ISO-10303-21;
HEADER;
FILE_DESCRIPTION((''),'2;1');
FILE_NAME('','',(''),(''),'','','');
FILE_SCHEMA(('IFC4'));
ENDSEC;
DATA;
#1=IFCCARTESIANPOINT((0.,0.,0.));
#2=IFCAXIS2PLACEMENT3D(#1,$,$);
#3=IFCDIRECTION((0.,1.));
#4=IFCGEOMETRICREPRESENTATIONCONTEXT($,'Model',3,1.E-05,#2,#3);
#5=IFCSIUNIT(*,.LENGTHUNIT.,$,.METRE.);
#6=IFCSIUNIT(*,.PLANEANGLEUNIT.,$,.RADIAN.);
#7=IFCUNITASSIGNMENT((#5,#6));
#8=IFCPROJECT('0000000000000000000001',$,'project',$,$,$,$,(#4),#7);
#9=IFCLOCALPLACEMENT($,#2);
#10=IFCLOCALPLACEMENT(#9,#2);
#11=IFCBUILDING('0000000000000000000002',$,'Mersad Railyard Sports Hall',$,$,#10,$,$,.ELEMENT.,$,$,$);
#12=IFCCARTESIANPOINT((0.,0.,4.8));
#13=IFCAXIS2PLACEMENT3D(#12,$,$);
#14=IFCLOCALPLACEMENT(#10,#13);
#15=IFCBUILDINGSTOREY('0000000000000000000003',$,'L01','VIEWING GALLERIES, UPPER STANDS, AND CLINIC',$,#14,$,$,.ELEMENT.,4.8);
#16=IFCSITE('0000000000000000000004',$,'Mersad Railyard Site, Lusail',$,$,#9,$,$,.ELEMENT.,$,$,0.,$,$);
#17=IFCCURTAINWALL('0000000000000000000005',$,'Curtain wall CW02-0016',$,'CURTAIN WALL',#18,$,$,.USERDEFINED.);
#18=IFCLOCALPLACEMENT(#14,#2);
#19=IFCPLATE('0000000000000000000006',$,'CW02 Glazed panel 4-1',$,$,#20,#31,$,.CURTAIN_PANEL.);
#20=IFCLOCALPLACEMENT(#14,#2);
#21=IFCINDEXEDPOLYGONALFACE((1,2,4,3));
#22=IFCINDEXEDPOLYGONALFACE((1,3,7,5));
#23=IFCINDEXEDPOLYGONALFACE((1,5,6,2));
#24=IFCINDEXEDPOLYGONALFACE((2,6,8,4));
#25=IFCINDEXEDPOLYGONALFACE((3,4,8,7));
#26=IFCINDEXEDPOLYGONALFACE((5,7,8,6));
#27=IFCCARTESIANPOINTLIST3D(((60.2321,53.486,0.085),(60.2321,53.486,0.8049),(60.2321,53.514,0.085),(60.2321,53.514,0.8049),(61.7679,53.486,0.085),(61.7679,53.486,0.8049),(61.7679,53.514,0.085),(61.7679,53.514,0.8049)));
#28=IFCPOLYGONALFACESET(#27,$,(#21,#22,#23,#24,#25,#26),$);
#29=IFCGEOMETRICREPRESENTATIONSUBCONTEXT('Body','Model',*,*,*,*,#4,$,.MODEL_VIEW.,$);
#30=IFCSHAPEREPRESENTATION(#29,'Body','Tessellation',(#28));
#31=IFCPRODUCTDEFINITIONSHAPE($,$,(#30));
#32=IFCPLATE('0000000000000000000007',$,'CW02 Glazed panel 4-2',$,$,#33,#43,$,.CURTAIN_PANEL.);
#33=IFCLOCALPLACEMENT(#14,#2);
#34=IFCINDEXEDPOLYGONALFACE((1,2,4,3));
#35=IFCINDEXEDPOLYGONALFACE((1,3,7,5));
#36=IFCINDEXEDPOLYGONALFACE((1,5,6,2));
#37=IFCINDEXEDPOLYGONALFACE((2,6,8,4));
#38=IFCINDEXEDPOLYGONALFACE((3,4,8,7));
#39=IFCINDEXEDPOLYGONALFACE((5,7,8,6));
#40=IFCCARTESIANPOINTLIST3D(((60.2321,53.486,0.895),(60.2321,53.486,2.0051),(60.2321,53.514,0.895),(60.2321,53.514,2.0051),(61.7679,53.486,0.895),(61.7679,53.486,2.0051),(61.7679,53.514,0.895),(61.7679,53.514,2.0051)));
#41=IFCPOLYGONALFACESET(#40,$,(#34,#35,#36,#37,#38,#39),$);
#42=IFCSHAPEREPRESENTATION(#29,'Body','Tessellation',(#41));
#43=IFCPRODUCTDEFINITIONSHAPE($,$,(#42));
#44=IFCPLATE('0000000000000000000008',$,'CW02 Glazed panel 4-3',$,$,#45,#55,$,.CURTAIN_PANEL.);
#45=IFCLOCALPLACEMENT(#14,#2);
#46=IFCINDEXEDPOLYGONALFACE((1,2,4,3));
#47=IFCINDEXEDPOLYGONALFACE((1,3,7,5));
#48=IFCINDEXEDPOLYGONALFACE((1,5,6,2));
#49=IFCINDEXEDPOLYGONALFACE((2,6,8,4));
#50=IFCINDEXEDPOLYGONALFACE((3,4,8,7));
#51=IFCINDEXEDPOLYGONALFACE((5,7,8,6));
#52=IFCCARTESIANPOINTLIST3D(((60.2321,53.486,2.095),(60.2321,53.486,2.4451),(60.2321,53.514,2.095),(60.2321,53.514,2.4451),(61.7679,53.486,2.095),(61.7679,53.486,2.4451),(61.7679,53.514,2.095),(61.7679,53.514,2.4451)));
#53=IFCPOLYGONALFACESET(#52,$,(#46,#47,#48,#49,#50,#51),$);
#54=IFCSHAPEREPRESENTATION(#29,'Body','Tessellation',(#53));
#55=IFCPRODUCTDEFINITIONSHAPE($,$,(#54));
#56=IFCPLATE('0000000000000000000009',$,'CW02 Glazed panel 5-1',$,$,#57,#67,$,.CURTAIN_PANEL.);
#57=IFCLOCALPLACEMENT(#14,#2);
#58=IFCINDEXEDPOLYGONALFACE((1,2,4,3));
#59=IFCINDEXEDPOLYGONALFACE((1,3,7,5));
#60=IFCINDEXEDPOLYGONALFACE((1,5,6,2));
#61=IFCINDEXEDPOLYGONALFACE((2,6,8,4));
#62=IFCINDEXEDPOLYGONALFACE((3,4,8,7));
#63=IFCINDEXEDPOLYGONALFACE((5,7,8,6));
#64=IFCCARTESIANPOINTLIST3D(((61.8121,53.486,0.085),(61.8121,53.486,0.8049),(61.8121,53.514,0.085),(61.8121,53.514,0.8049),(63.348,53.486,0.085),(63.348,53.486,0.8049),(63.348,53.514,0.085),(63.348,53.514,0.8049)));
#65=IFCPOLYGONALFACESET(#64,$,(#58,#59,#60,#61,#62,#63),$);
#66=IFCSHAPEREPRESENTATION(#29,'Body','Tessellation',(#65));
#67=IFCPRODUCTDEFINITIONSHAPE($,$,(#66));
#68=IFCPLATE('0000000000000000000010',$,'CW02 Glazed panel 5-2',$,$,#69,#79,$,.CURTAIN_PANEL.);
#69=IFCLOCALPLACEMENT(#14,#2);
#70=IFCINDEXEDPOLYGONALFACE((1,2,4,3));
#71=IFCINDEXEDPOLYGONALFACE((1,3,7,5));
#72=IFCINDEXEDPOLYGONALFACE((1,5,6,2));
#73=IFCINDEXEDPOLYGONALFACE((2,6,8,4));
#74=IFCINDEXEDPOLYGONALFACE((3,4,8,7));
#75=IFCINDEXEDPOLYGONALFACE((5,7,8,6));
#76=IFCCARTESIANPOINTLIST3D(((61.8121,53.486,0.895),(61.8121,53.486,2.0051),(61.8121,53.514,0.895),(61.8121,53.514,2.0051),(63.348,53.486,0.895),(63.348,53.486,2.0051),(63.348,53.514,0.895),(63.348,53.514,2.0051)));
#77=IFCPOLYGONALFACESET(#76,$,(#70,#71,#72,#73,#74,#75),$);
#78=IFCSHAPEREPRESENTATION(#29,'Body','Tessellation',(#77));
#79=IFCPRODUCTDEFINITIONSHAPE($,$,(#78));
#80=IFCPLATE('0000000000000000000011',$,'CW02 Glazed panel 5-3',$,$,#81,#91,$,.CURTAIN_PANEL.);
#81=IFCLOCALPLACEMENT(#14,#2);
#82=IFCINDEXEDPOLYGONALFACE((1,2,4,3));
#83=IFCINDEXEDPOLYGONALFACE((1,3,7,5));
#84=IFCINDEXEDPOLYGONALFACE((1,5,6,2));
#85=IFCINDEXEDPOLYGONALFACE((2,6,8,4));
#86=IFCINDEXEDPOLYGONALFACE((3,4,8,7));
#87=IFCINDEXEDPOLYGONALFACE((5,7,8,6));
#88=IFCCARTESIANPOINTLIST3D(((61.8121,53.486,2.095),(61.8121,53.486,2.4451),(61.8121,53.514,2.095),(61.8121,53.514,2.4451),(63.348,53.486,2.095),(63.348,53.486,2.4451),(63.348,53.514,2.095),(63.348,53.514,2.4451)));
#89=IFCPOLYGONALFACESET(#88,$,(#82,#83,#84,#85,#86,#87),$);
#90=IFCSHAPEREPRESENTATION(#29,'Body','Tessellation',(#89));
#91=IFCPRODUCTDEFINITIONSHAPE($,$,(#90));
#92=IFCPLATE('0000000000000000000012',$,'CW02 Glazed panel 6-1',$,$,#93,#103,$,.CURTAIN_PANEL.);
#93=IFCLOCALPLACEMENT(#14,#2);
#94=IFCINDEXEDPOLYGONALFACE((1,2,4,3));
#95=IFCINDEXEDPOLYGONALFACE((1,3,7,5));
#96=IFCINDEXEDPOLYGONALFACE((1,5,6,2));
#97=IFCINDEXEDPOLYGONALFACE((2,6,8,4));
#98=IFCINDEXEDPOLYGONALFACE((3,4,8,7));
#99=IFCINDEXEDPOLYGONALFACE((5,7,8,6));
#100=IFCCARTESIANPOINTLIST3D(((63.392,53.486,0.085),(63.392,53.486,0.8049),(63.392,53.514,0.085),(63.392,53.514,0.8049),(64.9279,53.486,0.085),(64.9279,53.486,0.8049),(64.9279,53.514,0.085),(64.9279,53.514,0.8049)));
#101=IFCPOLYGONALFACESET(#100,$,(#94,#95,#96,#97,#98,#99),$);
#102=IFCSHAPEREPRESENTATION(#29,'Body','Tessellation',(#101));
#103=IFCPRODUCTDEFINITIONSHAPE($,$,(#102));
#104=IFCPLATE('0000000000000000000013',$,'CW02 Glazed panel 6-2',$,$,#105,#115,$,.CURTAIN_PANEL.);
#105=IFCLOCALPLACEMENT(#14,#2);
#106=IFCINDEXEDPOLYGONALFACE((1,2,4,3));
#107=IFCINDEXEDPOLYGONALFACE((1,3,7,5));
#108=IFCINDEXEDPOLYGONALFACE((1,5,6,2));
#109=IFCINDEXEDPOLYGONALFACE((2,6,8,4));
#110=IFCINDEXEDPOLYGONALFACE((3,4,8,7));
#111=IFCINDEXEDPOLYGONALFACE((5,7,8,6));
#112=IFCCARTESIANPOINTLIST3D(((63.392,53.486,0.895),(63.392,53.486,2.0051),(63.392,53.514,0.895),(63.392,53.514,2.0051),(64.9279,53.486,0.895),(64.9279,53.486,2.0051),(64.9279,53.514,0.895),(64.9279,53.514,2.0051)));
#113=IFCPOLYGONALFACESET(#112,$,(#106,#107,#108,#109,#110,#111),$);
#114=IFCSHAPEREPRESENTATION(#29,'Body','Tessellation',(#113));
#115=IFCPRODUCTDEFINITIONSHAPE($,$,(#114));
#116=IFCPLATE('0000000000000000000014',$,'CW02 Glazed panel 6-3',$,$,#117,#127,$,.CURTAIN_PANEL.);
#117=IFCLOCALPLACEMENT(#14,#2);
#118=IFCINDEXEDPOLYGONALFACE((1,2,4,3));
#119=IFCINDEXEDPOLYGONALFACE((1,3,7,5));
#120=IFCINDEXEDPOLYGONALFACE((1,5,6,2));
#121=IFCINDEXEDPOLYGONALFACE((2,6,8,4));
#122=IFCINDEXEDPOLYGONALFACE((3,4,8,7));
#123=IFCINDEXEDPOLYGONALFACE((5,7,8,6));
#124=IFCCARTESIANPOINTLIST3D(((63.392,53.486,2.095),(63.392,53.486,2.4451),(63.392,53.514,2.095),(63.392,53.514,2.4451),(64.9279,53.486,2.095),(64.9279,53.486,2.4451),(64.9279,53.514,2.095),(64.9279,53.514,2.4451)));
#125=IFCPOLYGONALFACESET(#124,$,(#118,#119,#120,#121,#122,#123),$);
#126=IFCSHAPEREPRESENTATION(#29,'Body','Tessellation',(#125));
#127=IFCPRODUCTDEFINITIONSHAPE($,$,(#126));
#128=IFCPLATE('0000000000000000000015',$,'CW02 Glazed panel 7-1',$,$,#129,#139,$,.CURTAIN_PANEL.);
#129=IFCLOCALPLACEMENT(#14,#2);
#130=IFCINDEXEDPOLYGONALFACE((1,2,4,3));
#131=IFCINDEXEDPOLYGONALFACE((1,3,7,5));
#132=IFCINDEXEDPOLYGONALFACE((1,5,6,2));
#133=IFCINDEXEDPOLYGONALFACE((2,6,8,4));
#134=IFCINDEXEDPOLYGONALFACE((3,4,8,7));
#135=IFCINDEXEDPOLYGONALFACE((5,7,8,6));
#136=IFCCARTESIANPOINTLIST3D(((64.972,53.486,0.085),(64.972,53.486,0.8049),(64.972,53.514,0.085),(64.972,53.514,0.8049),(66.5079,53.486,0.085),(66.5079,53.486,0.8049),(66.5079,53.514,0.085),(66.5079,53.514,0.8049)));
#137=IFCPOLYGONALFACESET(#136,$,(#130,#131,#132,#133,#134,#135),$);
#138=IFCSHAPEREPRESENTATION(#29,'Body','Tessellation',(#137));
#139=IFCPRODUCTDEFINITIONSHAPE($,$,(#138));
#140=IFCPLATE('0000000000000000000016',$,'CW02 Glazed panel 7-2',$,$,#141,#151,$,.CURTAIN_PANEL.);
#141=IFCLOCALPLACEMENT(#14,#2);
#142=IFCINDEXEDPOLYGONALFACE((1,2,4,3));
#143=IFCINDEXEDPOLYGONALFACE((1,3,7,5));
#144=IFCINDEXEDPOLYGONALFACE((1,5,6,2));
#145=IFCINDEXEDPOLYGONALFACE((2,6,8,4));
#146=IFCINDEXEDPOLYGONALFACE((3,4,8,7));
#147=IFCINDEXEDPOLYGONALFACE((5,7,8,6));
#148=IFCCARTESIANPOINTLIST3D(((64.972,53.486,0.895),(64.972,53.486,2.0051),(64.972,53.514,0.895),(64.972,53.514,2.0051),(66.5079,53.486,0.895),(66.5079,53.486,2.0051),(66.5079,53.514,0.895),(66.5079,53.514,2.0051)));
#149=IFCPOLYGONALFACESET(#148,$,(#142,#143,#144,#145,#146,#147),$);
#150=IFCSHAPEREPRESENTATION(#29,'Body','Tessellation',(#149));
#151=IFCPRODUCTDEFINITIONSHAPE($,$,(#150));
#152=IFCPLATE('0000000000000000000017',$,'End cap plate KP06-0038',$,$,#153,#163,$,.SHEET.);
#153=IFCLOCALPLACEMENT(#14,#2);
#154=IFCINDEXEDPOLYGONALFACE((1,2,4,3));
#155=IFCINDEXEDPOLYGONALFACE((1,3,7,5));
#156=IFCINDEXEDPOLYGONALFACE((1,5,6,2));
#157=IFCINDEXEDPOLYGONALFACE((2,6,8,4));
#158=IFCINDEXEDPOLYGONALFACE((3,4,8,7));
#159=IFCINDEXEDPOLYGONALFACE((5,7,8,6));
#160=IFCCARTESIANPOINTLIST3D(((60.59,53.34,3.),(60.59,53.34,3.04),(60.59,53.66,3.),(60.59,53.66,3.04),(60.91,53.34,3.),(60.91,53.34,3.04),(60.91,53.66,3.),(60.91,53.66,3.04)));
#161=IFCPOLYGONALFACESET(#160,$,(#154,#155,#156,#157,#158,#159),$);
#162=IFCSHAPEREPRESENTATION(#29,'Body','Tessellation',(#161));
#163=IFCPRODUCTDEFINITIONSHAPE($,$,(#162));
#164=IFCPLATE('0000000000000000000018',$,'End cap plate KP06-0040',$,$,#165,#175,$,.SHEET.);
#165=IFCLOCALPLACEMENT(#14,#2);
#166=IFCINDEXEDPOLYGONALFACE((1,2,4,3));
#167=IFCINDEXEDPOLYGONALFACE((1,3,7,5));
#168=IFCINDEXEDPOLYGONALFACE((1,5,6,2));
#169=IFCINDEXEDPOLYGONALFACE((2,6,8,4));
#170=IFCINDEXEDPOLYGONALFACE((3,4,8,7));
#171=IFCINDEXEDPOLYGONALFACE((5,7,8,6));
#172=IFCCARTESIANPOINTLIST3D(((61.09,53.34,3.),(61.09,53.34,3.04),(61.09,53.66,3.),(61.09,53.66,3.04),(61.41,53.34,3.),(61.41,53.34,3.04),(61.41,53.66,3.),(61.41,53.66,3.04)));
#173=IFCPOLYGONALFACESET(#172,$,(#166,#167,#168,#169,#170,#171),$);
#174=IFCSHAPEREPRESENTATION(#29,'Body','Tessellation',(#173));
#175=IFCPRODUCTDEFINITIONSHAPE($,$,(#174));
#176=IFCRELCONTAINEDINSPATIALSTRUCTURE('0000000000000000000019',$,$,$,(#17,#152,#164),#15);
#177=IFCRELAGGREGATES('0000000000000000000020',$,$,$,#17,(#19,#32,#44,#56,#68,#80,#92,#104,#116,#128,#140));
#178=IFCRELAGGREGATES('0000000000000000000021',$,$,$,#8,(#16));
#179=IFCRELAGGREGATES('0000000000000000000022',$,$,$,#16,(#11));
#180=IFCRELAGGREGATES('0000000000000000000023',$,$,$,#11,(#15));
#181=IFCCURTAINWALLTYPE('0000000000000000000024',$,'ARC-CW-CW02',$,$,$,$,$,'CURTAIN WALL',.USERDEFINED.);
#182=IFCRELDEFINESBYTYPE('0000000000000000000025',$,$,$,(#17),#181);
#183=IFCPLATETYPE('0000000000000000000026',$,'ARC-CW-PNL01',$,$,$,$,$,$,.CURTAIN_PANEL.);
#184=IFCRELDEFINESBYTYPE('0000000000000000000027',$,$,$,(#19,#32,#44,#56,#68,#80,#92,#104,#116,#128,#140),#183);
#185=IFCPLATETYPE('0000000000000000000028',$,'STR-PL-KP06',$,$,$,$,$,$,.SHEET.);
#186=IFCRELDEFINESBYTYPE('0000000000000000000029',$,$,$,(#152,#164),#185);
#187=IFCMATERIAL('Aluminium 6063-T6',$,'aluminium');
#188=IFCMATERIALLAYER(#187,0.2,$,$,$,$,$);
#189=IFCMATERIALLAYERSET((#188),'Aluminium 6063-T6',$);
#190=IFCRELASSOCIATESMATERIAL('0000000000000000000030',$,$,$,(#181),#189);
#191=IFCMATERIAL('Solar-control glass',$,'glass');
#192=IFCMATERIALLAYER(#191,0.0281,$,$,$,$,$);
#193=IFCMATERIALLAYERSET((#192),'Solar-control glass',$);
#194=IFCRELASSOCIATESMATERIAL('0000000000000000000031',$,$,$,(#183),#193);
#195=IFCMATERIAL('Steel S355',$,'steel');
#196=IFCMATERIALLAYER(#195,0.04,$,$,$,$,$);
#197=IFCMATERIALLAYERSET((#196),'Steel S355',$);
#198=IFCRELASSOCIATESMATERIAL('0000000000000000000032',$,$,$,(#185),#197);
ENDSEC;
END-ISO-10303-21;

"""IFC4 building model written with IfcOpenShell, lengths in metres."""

from ifc_helpers import new_model, si_unit, direction, frame, origin, origin_2d, place, context, subcontext, project, spatial, rectangle, extrude, material, layer, layer_set, type_object, element, aggregate, save


model = new_model("IFC4")

# Units and contexts
model_context = context("Model", 3, precision=1e-05, world=origin(), true_north=direction((0.0, 1.0)))
body_context = subcontext(model_context, "Body", "Model", "MODEL_VIEW")
ifc_project = project(units=[si_unit("LENGTHUNIT", "METRE"), si_unit("PLANEANGLEUNIT", "RADIAN")], contexts=[model_context])

# Site, building, storey
site_placement = place(None, origin())
site = spatial("IfcSite", under=ifc_project, at=site_placement, Name="Mersad Railyard Site, Lusail", CompositionType="ELEMENT", RefElevation=0.0)
building_placement = place(site_placement, origin())
building = spatial("IfcBuilding", under=site, at=building_placement, Name="Mersad Railyard Sports Hall", CompositionType="ELEMENT")
storey_placement = place(building_placement, frame((0.0, 0.0, 4.8)))
storey = spatial("IfcBuildingStorey", under=building, at=storey_placement, Name="L01", Description="VIEWING GALLERIES, UPPER STANDS, AND CLINIC", CompositionType="ELEMENT", Elevation=4.8)

# Curtain wall
ifc_material_1 = material(Name="Aluminium 6063-T6", Category="aluminium")
ifc_layer_1 = layer(ifc_material_1, 0.2)
ifc_layer_set_1 = layer_set([ifc_layer_1], Name="Aluminium 6063-T6")
curtain_wall_type = type_object("IfcCurtainWallType", Name="ARC-CW-CW02", ElementType="CURTAIN WALL", PredefinedType="USERDEFINED", material=ifc_layer_set_1)
curtain_wall_placement = place(storey_placement, origin())
curtain_wall = element("IfcCurtainWall", 1, at=curtain_wall_placement, inside=storey, type_object=curtain_wall_type, Name="Curtain wall CW02-0016", ObjectType="CURTAIN WALL", PredefinedType="USERDEFINED")

# Plates
ifc_material_2 = material(Name="Solar-control glass", Category="glass")
ifc_layer_2 = layer(ifc_material_2, 0.0281)
ifc_layer_set_2 = layer_set([ifc_layer_2], Name="Solar-control glass")
plate_type_1 = type_object("IfcPlateType", Name="ARC-CW-PNL01", PredefinedType="CURTAIN_PANEL", material=ifc_layer_set_2)
plate_1_placement = place(storey_placement, frame((61.0, 53.5, 0.085), z_axis=(0.0, 0.0, 1.0), x_axis=(1.0, 0.0, 0.0)))
plate_1 = element("IfcPlate", 2, at=plate_1_placement, type_object=plate_type_1, Name="CW02 Glazed panel 4-1", PredefinedType="CURTAIN_PANEL", context=body_context, shape_type="SweptSolid", body=[
    extrude(rectangle(XDim=1.5359, YDim=0.0281, at=origin_2d()), origin(), (0.0, 0.0, 1.0), 0.72),
])
plate_2_placement = place(storey_placement, frame((61.0, 53.5, 0.895), z_axis=(0.0, 0.0, 1.0), x_axis=(1.0, 0.0, 0.0)))
plate_2 = element("IfcPlate", 3, at=plate_2_placement, type_object=plate_type_1, Name="CW02 Glazed panel 4-2", PredefinedType="CURTAIN_PANEL", context=body_context, shape_type="SweptSolid", body=[
    extrude(rectangle(XDim=1.5359, YDim=0.0281, at=origin_2d()), origin(), (0.0, 0.0, 1.0), 1.1101),
])
plate_3_placement = place(storey_placement, frame((61.0, 53.5, 2.095), z_axis=(0.0, 0.0, 1.0), x_axis=(1.0, 0.0, 0.0)))
plate_3 = element("IfcPlate", 4, at=plate_3_placement, type_object=plate_type_1, Name="CW02 Glazed panel 4-3", PredefinedType="CURTAIN_PANEL", context=body_context, shape_type="SweptSolid", body=[
    extrude(rectangle(XDim=1.5359, YDim=0.0281, at=origin_2d()), origin(), (0.0, 0.0, 1.0), 0.3501),
])
plate_4_placement = place(storey_placement, frame((62.5801, 53.5, 0.085), z_axis=(0.0, 0.0, 1.0), x_axis=(1.0, 0.0, 0.0)))
plate_4 = element("IfcPlate", 5, at=plate_4_placement, type_object=plate_type_1, Name="CW02 Glazed panel 5-1", PredefinedType="CURTAIN_PANEL", context=body_context, shape_type="SweptSolid", body=[
    extrude(rectangle(XDim=1.5359, YDim=0.0281, at=origin_2d()), origin(), (0.0, 0.0, 1.0), 0.72),
])
plate_5_placement = place(storey_placement, frame((62.5801, 53.5, 0.895), z_axis=(0.0, 0.0, 1.0), x_axis=(1.0, 0.0, 0.0)))
plate_5 = element("IfcPlate", 6, at=plate_5_placement, type_object=plate_type_1, Name="CW02 Glazed panel 5-2", PredefinedType="CURTAIN_PANEL", context=body_context, shape_type="SweptSolid", body=[
    extrude(rectangle(XDim=1.5359, YDim=0.0281, at=origin_2d()), origin(), (0.0, 0.0, 1.0), 1.1101),
])
plate_6_placement = place(storey_placement, frame((62.5801, 53.5, 2.095), z_axis=(0.0, 0.0, 1.0), x_axis=(1.0, 0.0, 0.0)))
plate_6 = element("IfcPlate", 7, at=plate_6_placement, type_object=plate_type_1, Name="CW02 Glazed panel 5-3", PredefinedType="CURTAIN_PANEL", context=body_context, shape_type="SweptSolid", body=[
    extrude(rectangle(XDim=1.5359, YDim=0.0281, at=origin_2d()), origin(), (0.0, 0.0, 1.0), 0.3501),
])
plate_7_placement = place(storey_placement, frame((64.1599, 53.5, 0.085), z_axis=(0.0, 0.0, 1.0), x_axis=(1.0, 0.0, 0.0)))
plate_7 = element("IfcPlate", 8, at=plate_7_placement, type_object=plate_type_1, Name="CW02 Glazed panel 6-1", PredefinedType="CURTAIN_PANEL", context=body_context, shape_type="SweptSolid", body=[
    extrude(rectangle(XDim=1.5359, YDim=0.0281, at=origin_2d()), origin(), (0.0, 0.0, 1.0), 0.72),
])
plate_8_placement = place(storey_placement, frame((64.1599, 53.5, 0.895), z_axis=(0.0, 0.0, 1.0), x_axis=(1.0, 0.0, 0.0)))
plate_8 = element("IfcPlate", 9, at=plate_8_placement, type_object=plate_type_1, Name="CW02 Glazed panel 6-2", PredefinedType="CURTAIN_PANEL", context=body_context, shape_type="SweptSolid", body=[
    extrude(rectangle(XDim=1.5359, YDim=0.0281, at=origin_2d()), origin(), (0.0, 0.0, 1.0), 1.1101),
])
plate_9_placement = place(storey_placement, frame((64.1599, 53.5, 2.095), z_axis=(0.0, 0.0, 1.0), x_axis=(1.0, 0.0, 0.0)))
plate_9 = element("IfcPlate", 10, at=plate_9_placement, type_object=plate_type_1, Name="CW02 Glazed panel 6-3", PredefinedType="CURTAIN_PANEL", context=body_context, shape_type="SweptSolid", body=[
    extrude(rectangle(XDim=1.5359, YDim=0.0281, at=origin_2d()), origin(), (0.0, 0.0, 1.0), 0.3501),
])
plate_10_placement = place(storey_placement, frame((65.74, 53.5, 0.085), z_axis=(0.0, 0.0, 1.0), x_axis=(1.0, 0.0, 0.0)))
plate_10 = element("IfcPlate", 11, at=plate_10_placement, type_object=plate_type_1, Name="CW02 Glazed panel 7-1", PredefinedType="CURTAIN_PANEL", context=body_context, shape_type="SweptSolid", body=[
    extrude(rectangle(XDim=1.5359, YDim=0.0281, at=origin_2d()), origin(), (0.0, 0.0, 1.0), 0.72),
])
plate_11_placement = place(storey_placement, frame((65.74, 53.5, 0.895), z_axis=(0.0, 0.0, 1.0), x_axis=(1.0, 0.0, 0.0)))
plate_11 = element("IfcPlate", 12, at=plate_11_placement, type_object=plate_type_1, Name="CW02 Glazed panel 7-2", PredefinedType="CURTAIN_PANEL", context=body_context, shape_type="SweptSolid", body=[
    extrude(rectangle(XDim=1.5359, YDim=0.0281, at=origin_2d()), origin(), (0.0, 0.0, 1.0), 1.1101),
])
aggregate(curtain_wall, [plate_1, plate_2, plate_3, plate_4, plate_5, plate_6, plate_7, plate_8, plate_9, plate_10, plate_11])

# Plates
ifc_material_3 = material(Name="Steel S355", Category="steel")
ifc_layer_3 = layer(ifc_material_3, 0.04)
ifc_layer_set_3 = layer_set([ifc_layer_3], Name="Steel S355")
plate_type_2 = type_object("IfcPlateType", Name="STR-PL-KP06", PredefinedType="SHEET", material=ifc_layer_set_3)
for number, where, z_axis, x_axis, name in (
    (13, (60.75, 53.5, 3.0), (0.0, 0.0, 1.0), (1.0, 0.0, 0.0), "End cap plate KP06-0038"),
    (14, (61.25, 53.5, 3.0), (0.0, 0.0, 1.0), (1.0, 0.0, 0.0), "End cap plate KP06-0040"),
):
    element("IfcPlate", number, at=place(storey_placement, frame(where, z_axis=z_axis, x_axis=x_axis)), inside=storey, type_object=plate_type_2, Name=name, PredefinedType="SHEET", context=body_context, shape_type="SweptSolid", body=[
        extrude(rectangle(XDim=0.3201, YDim=0.3201, at=origin_2d()), origin(), (0.0, 0.0, 1.0), 0.04),
    ])

save(model, "model.ifc")
